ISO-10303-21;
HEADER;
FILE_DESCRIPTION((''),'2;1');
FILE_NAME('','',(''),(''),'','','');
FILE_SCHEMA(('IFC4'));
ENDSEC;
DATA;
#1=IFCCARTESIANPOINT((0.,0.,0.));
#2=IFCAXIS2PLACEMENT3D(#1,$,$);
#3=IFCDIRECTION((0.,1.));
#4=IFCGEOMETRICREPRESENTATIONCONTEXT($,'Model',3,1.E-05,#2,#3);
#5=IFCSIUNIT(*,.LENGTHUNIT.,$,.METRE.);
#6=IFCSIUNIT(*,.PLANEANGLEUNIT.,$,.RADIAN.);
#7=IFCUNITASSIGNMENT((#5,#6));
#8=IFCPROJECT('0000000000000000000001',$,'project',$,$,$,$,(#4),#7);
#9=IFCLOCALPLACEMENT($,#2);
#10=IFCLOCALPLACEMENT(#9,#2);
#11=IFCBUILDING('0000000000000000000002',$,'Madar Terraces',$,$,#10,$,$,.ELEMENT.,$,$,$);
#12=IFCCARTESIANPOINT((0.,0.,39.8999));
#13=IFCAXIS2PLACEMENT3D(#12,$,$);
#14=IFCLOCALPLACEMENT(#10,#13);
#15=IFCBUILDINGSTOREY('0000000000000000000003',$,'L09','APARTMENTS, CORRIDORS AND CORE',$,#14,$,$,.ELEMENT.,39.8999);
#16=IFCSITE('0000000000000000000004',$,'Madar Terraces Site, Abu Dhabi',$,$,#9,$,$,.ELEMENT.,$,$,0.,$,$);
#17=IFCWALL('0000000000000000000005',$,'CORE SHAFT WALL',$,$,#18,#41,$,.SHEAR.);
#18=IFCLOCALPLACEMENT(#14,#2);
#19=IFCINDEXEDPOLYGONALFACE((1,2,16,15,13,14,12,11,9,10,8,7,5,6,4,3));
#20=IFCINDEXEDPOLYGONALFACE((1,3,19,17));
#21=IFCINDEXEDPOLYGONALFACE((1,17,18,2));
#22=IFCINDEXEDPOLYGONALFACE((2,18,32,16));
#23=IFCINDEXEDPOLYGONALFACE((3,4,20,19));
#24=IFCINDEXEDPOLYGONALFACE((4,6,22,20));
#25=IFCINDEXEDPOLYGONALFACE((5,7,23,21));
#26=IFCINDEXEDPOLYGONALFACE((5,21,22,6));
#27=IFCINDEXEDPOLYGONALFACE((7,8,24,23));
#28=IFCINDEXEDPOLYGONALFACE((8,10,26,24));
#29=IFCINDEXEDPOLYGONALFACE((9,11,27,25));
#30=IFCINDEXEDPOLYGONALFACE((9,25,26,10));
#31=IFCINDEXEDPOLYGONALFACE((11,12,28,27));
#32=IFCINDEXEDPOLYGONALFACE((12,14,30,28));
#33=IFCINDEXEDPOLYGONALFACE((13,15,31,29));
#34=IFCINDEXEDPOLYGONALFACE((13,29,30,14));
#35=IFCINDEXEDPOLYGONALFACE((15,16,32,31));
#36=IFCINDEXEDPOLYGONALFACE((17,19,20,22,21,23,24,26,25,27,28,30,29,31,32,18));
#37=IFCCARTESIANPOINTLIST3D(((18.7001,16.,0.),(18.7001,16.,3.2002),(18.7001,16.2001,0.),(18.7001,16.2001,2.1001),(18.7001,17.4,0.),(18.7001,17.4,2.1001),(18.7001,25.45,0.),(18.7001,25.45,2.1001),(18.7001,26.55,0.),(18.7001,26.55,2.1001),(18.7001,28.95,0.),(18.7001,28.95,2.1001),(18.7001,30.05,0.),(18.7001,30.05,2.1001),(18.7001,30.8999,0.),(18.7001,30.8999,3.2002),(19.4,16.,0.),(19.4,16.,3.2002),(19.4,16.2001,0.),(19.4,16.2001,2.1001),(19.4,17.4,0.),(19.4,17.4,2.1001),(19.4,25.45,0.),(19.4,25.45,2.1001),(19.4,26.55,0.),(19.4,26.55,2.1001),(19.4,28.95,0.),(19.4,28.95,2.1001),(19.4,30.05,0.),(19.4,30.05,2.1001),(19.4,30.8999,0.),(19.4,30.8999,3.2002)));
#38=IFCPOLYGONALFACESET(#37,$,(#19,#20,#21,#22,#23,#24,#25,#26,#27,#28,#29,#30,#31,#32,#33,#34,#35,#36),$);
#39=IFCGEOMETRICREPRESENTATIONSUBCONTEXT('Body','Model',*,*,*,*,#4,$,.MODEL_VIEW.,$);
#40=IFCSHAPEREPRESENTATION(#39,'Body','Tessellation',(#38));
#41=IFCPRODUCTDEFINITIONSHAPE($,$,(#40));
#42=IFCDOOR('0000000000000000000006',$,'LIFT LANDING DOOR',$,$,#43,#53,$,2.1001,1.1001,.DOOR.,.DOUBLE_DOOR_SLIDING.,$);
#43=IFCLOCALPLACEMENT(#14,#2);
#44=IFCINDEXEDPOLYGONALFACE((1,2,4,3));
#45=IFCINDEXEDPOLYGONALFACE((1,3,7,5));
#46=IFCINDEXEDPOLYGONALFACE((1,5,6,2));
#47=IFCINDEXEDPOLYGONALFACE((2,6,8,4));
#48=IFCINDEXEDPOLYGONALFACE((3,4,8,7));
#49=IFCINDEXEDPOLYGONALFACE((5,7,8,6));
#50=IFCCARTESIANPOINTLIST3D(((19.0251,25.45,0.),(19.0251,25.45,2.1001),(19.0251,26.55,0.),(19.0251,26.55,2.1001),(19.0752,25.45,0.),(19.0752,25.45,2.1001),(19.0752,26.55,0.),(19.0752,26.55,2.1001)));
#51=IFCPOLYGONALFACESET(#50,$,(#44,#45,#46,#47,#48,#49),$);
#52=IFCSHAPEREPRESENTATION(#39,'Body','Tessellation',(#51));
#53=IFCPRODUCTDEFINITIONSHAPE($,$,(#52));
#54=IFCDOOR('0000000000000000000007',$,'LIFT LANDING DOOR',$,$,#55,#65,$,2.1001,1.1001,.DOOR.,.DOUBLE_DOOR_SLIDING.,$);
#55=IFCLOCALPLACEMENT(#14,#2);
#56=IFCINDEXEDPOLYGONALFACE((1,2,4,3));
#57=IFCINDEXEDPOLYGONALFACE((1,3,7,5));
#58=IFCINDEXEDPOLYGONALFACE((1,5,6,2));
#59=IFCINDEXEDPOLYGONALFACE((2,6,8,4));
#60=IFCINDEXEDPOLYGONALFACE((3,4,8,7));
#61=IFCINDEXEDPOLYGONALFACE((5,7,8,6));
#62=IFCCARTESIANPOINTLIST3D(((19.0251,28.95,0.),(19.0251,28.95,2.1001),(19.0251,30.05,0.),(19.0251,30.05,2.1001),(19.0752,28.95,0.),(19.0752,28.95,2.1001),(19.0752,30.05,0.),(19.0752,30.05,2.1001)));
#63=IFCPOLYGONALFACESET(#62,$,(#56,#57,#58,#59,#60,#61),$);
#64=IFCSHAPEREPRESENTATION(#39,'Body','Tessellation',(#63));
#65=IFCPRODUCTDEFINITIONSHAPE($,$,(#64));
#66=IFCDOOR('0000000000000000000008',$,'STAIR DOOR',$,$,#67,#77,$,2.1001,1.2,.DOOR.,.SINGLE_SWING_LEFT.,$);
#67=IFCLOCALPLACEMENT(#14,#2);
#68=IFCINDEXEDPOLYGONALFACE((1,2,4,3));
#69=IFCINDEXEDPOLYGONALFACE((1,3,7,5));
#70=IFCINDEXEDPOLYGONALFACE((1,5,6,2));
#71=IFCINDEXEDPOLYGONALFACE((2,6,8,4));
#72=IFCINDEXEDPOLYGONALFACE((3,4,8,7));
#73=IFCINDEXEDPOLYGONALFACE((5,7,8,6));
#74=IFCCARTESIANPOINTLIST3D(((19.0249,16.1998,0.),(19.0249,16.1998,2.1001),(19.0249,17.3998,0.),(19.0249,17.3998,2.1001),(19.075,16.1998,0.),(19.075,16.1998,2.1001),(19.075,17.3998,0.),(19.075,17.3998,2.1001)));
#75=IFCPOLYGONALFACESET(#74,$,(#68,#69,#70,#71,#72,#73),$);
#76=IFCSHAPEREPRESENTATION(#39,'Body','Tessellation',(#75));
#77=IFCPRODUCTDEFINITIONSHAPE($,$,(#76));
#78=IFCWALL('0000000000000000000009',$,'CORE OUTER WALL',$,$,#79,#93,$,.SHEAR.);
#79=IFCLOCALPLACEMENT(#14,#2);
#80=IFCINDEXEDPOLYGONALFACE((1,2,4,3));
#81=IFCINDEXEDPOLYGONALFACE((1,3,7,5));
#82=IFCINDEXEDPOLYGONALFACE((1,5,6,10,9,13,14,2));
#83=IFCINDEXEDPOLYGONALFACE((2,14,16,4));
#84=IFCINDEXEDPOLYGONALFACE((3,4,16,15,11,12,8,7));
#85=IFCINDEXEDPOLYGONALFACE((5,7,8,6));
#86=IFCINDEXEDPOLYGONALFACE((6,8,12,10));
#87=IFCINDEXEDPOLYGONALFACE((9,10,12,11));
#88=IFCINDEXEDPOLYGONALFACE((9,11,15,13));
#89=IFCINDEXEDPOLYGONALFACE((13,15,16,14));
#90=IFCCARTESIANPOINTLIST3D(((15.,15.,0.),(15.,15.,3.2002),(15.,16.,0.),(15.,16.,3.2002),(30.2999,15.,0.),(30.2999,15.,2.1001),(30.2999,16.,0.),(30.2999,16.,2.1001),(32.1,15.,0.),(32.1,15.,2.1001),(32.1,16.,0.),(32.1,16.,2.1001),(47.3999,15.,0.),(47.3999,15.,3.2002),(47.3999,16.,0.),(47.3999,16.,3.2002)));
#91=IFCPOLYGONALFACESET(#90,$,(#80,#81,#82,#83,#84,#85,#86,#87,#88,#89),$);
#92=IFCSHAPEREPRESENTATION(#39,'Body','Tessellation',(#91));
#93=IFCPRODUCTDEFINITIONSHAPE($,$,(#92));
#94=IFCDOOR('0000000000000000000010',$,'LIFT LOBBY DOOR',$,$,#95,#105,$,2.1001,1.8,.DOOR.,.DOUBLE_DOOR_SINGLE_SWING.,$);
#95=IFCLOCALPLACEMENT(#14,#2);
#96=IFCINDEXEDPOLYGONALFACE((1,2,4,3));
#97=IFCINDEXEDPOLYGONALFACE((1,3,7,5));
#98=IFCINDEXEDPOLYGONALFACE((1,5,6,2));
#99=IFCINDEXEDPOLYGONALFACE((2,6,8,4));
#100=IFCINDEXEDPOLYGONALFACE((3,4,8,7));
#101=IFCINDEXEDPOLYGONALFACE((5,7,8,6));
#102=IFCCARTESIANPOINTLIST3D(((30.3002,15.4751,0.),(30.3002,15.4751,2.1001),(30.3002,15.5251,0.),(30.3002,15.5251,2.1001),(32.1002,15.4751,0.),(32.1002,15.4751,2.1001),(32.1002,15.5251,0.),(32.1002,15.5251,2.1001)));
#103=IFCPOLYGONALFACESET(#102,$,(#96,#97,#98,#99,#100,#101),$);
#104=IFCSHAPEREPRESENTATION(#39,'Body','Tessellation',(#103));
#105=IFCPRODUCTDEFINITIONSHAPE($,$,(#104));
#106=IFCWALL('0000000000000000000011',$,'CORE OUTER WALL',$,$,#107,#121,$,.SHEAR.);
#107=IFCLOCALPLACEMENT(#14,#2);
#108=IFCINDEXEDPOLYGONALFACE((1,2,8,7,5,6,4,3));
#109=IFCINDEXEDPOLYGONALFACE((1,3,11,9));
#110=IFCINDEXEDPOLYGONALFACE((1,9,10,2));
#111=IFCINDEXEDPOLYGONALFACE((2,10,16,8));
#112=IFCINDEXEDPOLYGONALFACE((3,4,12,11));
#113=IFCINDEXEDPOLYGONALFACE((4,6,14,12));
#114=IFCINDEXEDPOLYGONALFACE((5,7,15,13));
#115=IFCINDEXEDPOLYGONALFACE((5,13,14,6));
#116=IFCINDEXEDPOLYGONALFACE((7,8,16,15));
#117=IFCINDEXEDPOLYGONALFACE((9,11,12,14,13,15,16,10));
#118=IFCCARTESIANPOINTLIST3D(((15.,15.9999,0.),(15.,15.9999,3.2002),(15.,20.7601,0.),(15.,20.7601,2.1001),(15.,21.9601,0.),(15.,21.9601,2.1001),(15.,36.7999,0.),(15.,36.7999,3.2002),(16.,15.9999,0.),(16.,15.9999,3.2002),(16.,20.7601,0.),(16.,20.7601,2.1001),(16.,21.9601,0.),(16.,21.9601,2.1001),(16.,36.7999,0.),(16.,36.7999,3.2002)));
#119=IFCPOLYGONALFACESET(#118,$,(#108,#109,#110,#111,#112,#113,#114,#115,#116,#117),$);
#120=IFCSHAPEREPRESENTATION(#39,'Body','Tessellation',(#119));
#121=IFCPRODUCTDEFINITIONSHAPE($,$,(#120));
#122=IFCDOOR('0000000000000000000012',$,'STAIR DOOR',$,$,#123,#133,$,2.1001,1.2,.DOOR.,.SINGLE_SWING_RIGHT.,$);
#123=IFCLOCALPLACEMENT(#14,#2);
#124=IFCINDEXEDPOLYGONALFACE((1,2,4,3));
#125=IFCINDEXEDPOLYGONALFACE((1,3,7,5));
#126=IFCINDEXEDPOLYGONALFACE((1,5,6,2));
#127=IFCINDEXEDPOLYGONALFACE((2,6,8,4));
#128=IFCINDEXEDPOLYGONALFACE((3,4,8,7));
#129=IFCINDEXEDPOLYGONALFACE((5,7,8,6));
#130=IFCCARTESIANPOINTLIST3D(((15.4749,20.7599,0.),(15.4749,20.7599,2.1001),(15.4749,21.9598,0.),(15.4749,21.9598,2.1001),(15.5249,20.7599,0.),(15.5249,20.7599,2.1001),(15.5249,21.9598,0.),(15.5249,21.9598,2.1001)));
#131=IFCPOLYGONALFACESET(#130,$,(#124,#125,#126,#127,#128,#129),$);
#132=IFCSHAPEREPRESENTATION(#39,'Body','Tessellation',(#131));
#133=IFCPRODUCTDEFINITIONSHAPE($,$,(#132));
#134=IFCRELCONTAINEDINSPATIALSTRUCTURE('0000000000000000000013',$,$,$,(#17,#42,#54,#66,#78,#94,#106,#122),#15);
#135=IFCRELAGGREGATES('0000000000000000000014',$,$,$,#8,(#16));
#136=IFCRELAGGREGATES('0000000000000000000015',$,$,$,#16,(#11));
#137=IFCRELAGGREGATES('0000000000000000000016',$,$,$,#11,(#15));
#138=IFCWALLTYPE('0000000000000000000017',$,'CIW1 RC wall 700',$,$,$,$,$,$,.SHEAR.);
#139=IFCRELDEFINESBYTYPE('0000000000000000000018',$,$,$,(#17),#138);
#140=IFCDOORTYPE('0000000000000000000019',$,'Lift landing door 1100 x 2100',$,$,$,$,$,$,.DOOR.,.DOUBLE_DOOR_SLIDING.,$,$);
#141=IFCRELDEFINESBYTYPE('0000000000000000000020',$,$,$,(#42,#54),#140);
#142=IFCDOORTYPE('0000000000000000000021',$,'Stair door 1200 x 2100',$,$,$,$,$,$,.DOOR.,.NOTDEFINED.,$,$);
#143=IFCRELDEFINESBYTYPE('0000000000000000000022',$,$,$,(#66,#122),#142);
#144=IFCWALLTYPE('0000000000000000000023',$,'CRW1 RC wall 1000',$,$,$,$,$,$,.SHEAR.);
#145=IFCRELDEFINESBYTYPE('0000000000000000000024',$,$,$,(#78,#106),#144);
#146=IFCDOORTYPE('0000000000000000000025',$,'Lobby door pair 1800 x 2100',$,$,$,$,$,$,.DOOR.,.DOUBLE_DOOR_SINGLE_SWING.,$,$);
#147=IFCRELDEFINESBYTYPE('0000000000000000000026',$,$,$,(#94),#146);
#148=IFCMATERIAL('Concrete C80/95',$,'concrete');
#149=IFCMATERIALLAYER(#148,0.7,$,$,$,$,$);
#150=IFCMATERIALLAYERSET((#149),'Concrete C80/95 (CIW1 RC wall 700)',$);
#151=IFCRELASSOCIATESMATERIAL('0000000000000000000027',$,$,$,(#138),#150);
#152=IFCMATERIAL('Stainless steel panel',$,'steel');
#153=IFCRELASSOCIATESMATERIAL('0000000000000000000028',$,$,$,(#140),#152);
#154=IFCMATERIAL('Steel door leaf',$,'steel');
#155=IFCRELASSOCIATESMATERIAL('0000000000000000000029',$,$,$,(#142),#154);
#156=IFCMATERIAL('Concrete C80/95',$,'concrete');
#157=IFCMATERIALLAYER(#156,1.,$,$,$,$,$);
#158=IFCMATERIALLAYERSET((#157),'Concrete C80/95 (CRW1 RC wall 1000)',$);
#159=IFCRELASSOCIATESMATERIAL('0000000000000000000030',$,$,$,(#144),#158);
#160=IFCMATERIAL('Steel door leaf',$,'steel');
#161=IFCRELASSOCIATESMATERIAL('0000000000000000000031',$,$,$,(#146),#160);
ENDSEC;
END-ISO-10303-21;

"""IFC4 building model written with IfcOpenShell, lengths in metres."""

from ifc_helpers import new_model, si_unit, direction, frame, frame_2d, origin, place, context, subcontext, project, spatial, rectangle, extrude, material, layer, layer_set, type_object, element, fill, save


model = new_model("IFC4")

# Units and contexts
model_context = context("Model", 3, precision=1e-05, world=origin(), true_north=direction((0.0, 1.0)))
body_context = subcontext(model_context, "Body", "Model", "MODEL_VIEW")
ifc_project = project(units=[si_unit("LENGTHUNIT", "METRE"), si_unit("PLANEANGLEUNIT", "RADIAN")], contexts=[model_context])

# Site, building, storey
site_placement = place(None, origin())
site = spatial("IfcSite", under=ifc_project, at=site_placement, Name="Madar Terraces Site, Abu Dhabi", CompositionType="ELEMENT", RefElevation=0.0)
building_placement = place(site_placement, origin())
building = spatial("IfcBuilding", under=site, at=building_placement, Name="Madar Terraces", CompositionType="ELEMENT")
storey_placement = place(building_placement, frame((0.0, 0.0, 39.8999)))
storey = spatial("IfcBuildingStorey", under=building, at=storey_placement, Name="L09", Description="APARTMENTS, CORRIDORS AND CORE", CompositionType="ELEMENT", Elevation=39.8999)

# Wall, openings, doors
ifc_material_1 = material(Name="Concrete C80/95", Category="concrete")
ifc_layer_1 = layer(ifc_material_1, 0.7)
ifc_layer_set_1 = layer_set([ifc_layer_1], Name="Concrete C80/95 (CIW1 RC wall 700)")
wall_type_1 = type_object("IfcWallType", Name="CIW1 RC wall 700", PredefinedType="SHEAR", material=ifc_layer_set_1)
wall_1_placement = place(storey_placement, frame((19.05, 16.0, 0.0), z_axis=(0.0, 0.0, 1.0), x_axis=(0.0, 1.0, 0.0)))
wall_1 = element("IfcWall", 1, at=wall_1_placement, inside=storey, type_object=wall_type_1, Name="CORE SHAFT WALL", PredefinedType="SHEAR", context=body_context, shape_type="SweptSolid", body=[
    extrude(rectangle(XDim=14.8999, YDim=0.7, at=frame_2d((7.45, 0.0))), origin(), (0.0, 0.0, 1.0), 3.2002),
])
opening_1_placement = place(wall_1_placement, frame((9.45, 0.0, 0.0)))
opening_1 = element("IfcOpeningElement", 2, at=opening_1_placement, cuts=wall_1, PredefinedType="OPENING", context=body_context, shape_type="SweptSolid", body=[
    extrude(rectangle(XDim=1.1001, YDim=2.1001, at=frame_2d((0.55, 1.05))), frame((0.0, 0.3599, 0.0), z_axis=(0.0, -1.0, 0.0), x_axis=(1.0, 0.0, 0.0)), (0.0, 0.0, 1.0), 0.72),
])
opening_2_placement = place(wall_1_placement, frame((12.95, 0.0, 0.0)))
opening_2 = element("IfcOpeningElement", 3, at=opening_2_placement, cuts=wall_1, PredefinedType="OPENING", context=body_context, shape_type="SweptSolid", body=[
    extrude(rectangle(XDim=1.1001, YDim=2.1001, at=frame_2d((0.55, 1.05))), frame((0.0, 0.3599, 0.0), z_axis=(0.0, -1.0, 0.0), x_axis=(1.0, 0.0, 0.0)), (0.0, 0.0, 1.0), 0.72),
])
opening_3_placement = place(wall_1_placement, frame((0.2, 0.0, 0.0)))
opening_3 = element("IfcOpeningElement", 4, at=opening_3_placement, cuts=wall_1, PredefinedType="OPENING", context=body_context, shape_type="SweptSolid", body=[
    extrude(rectangle(XDim=1.2, YDim=2.1001, at=frame_2d((0.6001, 1.05))), frame((0.0, 0.3599, 0.0), z_axis=(0.0, -1.0, 0.0), x_axis=(1.0, 0.0, 0.0)), (0.0, 0.0, 1.0), 0.72),
])
ifc_material_2 = material(Name="Stainless steel panel", Category="steel")
door_type_1 = type_object("IfcDoorType", Name="Lift landing door 1100 x 2100", OperationType="DOUBLE_DOOR_SLIDING", PredefinedType="DOOR", material=ifc_material_2)
door_1_placement = place(opening_1_placement, origin())
door_1 = element("IfcDoor", 5, at=door_1_placement, inside=storey, type_object=door_type_1, Name="LIFT LANDING DOOR", OperationType="DOUBLE_DOOR_SLIDING", OverallHeight=2.1001, OverallWidth=1.1001, PredefinedType="DOOR", context=body_context, shape_type="SweptSolid", body=[
    extrude(rectangle(XDim=1.1001, YDim=2.1001, at=frame_2d((0.55, 1.05))), frame((0.0, 0.0249, 0.0), z_axis=(0.0, -1.0, 0.0), x_axis=(1.0, 0.0, 0.0)), (0.0, 0.0, 1.0), 0.05),
])
fill(opening_1, door_1)
door_2_placement = place(opening_2_placement, origin())
door_2 = element("IfcDoor", 6, at=door_2_placement, inside=storey, type_object=door_type_1, Name="LIFT LANDING DOOR", OperationType="DOUBLE_DOOR_SLIDING", OverallHeight=2.1001, OverallWidth=1.1001, PredefinedType="DOOR", context=body_context, shape_type="SweptSolid", body=[
    extrude(rectangle(XDim=1.1001, YDim=2.1001, at=frame_2d((0.55, 1.05))), frame((0.0, 0.0249, 0.0), z_axis=(0.0, -1.0, 0.0), x_axis=(1.0, 0.0, 0.0)), (0.0, 0.0, 1.0), 0.05),
])
fill(opening_2, door_2)
ifc_material_3 = material(Name="Steel door leaf", Category="steel")
door_type_2 = type_object("IfcDoorType", Name="Stair door 1200 x 2100", OperationType="NOTDEFINED", PredefinedType="DOOR", material=ifc_material_3)
door_3_placement = place(opening_3_placement, frame((1.2, 0.0, 0.0), z_axis=(0.0, 0.0, 1.0), x_axis=(-1.0, 0.0, 0.0)))
door_3 = element("IfcDoor", 7, at=door_3_placement, inside=storey, type_object=door_type_2, Name="STAIR DOOR", OperationType="SINGLE_SWING_LEFT", OverallHeight=2.1001, OverallWidth=1.2, PredefinedType="DOOR", context=body_context, shape_type="SweptSolid", body=[
    extrude(rectangle(XDim=1.2, YDim=2.1001, at=frame_2d((0.6001, 1.05))), frame((0.0, 0.0249, 0.0), z_axis=(0.0, -1.0, 0.0), x_axis=(1.0, 0.0, 0.0)), (0.0, 0.0, 1.0), 0.05),
])
fill(opening_3, door_3)

# Walls, openings, doors
ifc_material_4 = material(Name="Concrete C80/95", Category="concrete")
ifc_layer_2 = layer(ifc_material_4, 1.0)
ifc_layer_set_2 = layer_set([ifc_layer_2], Name="Concrete C80/95 (CRW1 RC wall 1000)")
wall_type_2 = type_object("IfcWallType", Name="CRW1 RC wall 1000", PredefinedType="SHEAR", material=ifc_layer_set_2)
wall_2_placement = place(storey_placement, frame((15.0, 15.5, 0.0), z_axis=(0.0, 0.0, 1.0), x_axis=(1.0, 0.0, 0.0)))
wall_2 = element("IfcWall", 8, at=wall_2_placement, inside=storey, type_object=wall_type_2, Name="CORE OUTER WALL", PredefinedType="SHEAR", context=body_context, shape_type="SweptSolid", body=[
    extrude(rectangle(XDim=32.3999, YDim=1.0, at=frame_2d((16.2, 0.0))), origin(), (0.0, 0.0, 1.0), 3.2002),
])
opening_4_placement = place(wall_2_placement, frame((15.3, 0.0, 0.0)))
opening_4 = element("IfcOpeningElement", 9, at=opening_4_placement, cuts=wall_2, PredefinedType="OPENING", context=body_context, shape_type="SweptSolid", body=[
    extrude(rectangle(XDim=1.8, YDim=2.1001, at=frame_2d((0.8999, 1.05))), frame((0.0, 0.51, 0.0), z_axis=(0.0, -1.0, 0.0), x_axis=(1.0, 0.0, 0.0)), (0.0, 0.0, 1.0), 1.02),
])
ifc_material_5 = material(Name="Steel door leaf", Category="steel")
door_type_3 = type_object("IfcDoorType", Name="Lobby door pair 1800 x 2100", OperationType="DOUBLE_DOOR_SINGLE_SWING", PredefinedType="DOOR", material=ifc_material_5)
door_4_placement = place(opening_4_placement, frame((1.8, 0.0, 0.0), z_axis=(0.0, 0.0, 1.0), x_axis=(-1.0, 0.0, 0.0)))
door_4 = element("IfcDoor", 10, at=door_4_placement, inside=storey, type_object=door_type_3, Name="LIFT LOBBY DOOR", OperationType="DOUBLE_DOOR_SINGLE_SWING", OverallHeight=2.1001, OverallWidth=1.8, PredefinedType="DOOR", context=body_context, shape_type="SweptSolid", body=[
    extrude(rectangle(XDim=1.8, YDim=2.1001, at=frame_2d((0.8999, 1.05))), frame((0.0, 0.0249, 0.0), z_axis=(0.0, -1.0, 0.0), x_axis=(1.0, 0.0, 0.0)), (0.0, 0.0, 1.0), 0.05),
])
fill(opening_4, door_4)
wall_3_placement = place(storey_placement, frame((15.5, 16.0, 0.0), z_axis=(0.0, 0.0, 1.0), x_axis=(0.0, 1.0, 0.0)))
wall_3 = element("IfcWall", 11, at=wall_3_placement, inside=storey, type_object=wall_type_2, Name="CORE OUTER WALL", PredefinedType="SHEAR", context=body_context, shape_type="SweptSolid", body=[
    extrude(rectangle(XDim=20.8, YDim=1.0, at=frame_2d((10.3999, 0.0))), origin(), (0.0, 0.0, 1.0), 3.2002),
])
opening_5_placement = place(wall_3_placement, frame((4.76, 0.0, 0.0)))
opening_5 = element("IfcOpeningElement", 12, at=opening_5_placement, cuts=wall_3, PredefinedType="OPENING", context=body_context, shape_type="SweptSolid", body=[
    extrude(rectangle(XDim=1.2, YDim=2.1001, at=frame_2d((0.6001, 1.05))), frame((0.0, 0.51, 0.0), z_axis=(0.0, -1.0, 0.0), x_axis=(1.0, 0.0, 0.0)), (0.0, 0.0, 1.0), 1.02),
])
door_5_placement = place(opening_5_placement, frame((1.2, 0.0, 0.0), z_axis=(0.0, 0.0, 1.0), x_axis=(-1.0, 0.0, 0.0)))
door_5 = element("IfcDoor", 13, at=door_5_placement, inside=storey, type_object=door_type_2, Name="STAIR DOOR", OperationType="SINGLE_SWING_RIGHT", OverallHeight=2.1001, OverallWidth=1.2, PredefinedType="DOOR", context=body_context, shape_type="SweptSolid", body=[
    extrude(rectangle(XDim=1.2, YDim=2.1001, at=frame_2d((0.6001, 1.05))), frame((0.0, 0.0249, 0.0), z_axis=(0.0, -1.0, 0.0), x_axis=(1.0, 0.0, 0.0)), (0.0, 0.0, 1.0), 0.05),
])
fill(opening_5, door_5)

save(model, "model.ifc")
